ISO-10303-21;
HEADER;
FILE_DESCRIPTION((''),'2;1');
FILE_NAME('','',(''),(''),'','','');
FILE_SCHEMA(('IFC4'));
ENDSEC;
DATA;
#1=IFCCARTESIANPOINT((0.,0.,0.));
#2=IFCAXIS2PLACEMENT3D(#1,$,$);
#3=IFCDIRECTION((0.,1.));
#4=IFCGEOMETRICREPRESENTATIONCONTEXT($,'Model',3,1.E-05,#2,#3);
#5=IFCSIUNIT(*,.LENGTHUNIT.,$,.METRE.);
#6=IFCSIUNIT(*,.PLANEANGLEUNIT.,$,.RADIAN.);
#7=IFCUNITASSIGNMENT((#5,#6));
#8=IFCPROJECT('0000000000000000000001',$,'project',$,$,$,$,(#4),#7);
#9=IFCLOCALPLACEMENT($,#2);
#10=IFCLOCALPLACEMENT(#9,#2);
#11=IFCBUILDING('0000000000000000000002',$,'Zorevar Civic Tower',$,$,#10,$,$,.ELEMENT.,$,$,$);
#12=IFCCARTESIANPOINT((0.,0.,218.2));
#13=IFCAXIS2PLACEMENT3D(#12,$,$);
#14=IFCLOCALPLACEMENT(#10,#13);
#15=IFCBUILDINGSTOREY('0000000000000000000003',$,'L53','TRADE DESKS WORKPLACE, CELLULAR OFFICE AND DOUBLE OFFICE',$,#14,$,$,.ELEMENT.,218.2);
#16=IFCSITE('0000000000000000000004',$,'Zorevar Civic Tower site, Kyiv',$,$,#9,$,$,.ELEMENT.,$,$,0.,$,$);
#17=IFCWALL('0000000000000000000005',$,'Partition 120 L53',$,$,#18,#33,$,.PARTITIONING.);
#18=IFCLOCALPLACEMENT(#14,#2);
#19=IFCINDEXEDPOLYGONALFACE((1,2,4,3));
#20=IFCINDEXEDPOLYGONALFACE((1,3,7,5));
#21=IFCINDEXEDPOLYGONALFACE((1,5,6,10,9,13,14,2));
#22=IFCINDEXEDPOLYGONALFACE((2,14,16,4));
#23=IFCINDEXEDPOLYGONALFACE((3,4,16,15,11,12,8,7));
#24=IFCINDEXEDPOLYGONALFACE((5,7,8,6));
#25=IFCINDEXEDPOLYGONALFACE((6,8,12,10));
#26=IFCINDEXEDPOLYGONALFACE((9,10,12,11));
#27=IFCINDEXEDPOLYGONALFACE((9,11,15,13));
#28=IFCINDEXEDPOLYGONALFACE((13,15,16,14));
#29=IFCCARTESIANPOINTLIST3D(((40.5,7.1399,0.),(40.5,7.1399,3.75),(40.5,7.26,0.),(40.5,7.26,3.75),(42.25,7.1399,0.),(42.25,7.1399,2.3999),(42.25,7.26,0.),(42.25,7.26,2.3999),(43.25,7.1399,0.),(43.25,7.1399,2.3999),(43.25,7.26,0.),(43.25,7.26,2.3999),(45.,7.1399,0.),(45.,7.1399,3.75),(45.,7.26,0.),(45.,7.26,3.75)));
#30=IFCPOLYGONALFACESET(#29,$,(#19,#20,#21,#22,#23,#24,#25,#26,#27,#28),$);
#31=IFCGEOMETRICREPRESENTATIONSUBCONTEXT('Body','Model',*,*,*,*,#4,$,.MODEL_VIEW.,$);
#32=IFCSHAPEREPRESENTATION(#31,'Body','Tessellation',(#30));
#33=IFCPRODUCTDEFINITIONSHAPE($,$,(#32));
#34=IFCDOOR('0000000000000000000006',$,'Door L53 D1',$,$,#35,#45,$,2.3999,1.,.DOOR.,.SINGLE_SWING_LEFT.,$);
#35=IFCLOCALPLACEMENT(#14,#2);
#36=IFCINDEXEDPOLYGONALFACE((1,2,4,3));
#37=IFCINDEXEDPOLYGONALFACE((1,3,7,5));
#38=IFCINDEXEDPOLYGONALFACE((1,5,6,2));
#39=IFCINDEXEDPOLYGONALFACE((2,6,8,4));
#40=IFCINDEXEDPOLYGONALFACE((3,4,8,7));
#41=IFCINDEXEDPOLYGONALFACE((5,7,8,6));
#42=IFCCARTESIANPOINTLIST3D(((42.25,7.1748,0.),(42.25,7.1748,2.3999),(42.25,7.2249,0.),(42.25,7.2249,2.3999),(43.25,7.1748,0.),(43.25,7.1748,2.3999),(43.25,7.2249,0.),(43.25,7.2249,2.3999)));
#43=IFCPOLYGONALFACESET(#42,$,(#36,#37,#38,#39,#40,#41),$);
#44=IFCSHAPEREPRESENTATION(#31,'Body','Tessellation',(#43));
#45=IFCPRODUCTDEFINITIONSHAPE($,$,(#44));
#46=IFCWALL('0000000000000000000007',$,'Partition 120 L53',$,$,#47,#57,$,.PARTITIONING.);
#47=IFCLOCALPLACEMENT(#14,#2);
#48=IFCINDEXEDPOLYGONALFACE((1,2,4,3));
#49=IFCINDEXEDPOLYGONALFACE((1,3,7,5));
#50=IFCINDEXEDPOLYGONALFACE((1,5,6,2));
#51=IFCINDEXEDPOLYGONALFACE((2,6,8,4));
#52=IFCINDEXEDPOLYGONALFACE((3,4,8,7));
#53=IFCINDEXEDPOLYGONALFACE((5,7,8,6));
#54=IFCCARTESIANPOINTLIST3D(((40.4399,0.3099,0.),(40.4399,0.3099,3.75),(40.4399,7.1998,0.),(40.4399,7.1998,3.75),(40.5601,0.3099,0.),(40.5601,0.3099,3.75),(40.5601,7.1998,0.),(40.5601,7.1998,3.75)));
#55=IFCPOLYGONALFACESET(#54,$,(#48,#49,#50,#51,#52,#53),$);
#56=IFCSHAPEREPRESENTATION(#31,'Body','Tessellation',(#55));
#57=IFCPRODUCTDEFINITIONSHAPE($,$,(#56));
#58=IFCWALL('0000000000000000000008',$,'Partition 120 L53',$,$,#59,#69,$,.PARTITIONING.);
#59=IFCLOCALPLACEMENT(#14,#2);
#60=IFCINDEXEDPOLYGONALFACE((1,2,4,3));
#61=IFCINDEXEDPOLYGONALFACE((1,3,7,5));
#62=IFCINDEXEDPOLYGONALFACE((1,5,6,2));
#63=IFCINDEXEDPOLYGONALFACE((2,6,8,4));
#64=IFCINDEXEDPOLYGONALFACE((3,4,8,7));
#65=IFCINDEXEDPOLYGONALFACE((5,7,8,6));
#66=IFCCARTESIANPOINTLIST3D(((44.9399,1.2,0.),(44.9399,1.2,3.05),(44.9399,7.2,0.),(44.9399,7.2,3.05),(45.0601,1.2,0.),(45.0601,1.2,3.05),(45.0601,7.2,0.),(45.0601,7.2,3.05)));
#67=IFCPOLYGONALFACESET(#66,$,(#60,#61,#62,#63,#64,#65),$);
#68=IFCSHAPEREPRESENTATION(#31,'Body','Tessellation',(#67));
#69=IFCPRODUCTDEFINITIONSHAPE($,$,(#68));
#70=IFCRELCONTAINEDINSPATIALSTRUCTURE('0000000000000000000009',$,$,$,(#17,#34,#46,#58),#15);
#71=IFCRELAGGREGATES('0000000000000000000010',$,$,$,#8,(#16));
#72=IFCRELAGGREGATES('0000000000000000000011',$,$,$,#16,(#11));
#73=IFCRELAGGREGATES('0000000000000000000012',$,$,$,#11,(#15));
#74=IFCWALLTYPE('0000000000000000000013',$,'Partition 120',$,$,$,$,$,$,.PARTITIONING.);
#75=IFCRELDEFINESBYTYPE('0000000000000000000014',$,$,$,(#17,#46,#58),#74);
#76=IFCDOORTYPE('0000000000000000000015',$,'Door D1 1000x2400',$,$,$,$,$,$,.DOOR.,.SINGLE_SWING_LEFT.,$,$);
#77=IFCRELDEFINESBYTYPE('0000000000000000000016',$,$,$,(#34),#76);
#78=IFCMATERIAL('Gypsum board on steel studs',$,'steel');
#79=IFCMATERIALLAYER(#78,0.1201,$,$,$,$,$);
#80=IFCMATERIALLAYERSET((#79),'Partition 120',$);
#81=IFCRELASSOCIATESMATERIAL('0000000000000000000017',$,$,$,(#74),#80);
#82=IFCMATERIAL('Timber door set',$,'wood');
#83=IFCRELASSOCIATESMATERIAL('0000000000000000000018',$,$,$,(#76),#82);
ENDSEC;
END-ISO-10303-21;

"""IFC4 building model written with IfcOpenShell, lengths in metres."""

from ifc_helpers import new_model, si_unit, direction, frame, frame_2d, origin, place, context, subcontext, project, spatial, rectangle, extrude, material, layer, layer_set, type_object, element, fill, save


model = new_model("IFC4")

# Units and contexts
model_context = context("Model", 3, precision=1e-05, world=origin(), true_north=direction((0.0, 1.0)))
body_context = subcontext(model_context, "Body", "Model", "MODEL_VIEW")
ifc_project = project(units=[si_unit("LENGTHUNIT", "METRE"), si_unit("PLANEANGLEUNIT", "RADIAN")], contexts=[model_context])

# Site, building, storey
site_placement = place(None, origin())
site = spatial("IfcSite", under=ifc_project, at=site_placement, Name="Zorevar Civic Tower site, Kyiv", CompositionType="ELEMENT", RefElevation=0.0)
building_placement = place(site_placement, origin())
building = spatial("IfcBuilding", under=site, at=building_placement, Name="Zorevar Civic Tower", CompositionType="ELEMENT")
storey_placement = place(building_placement, frame((0.0, 0.0, 218.2)))
storey = spatial("IfcBuildingStorey", under=building, at=storey_placement, Name="L53", Description="TRADE DESKS WORKPLACE, CELLULAR OFFICE AND DOUBLE OFFICE", CompositionType="ELEMENT", Elevation=218.2)

# Wall, opening, door
ifc_material_1 = material(Name="Gypsum board on steel studs", Category="steel")
ifc_layer_1 = layer(ifc_material_1, 0.1201)
ifc_layer_set_1 = layer_set([ifc_layer_1], Name="Partition 120")
wall_type = type_object("IfcWallType", Name="Partition 120", PredefinedType="PARTITIONING", material=ifc_layer_set_1)
wall_1_placement = place(storey_placement, frame((40.5, 7.2, 0.0), z_axis=(0.0, 0.0, 1.0), x_axis=(1.0, 0.0, 0.0)))
wall_1 = element("IfcWall", 1, at=wall_1_placement, inside=storey, type_object=wall_type, Name="Partition 120 L53", PredefinedType="PARTITIONING", context=body_context, shape_type="SweptSolid", body=[
    extrude(rectangle(XDim=4.5, YDim=0.1201, at=frame_2d((2.25, 0.0))), origin(), (0.0, 0.0, 1.0), 3.75),
])
opening_placement = place(wall_1_placement, frame((1.75, 0.0, 0.0)))
opening = element("IfcOpeningElement", 2, at=opening_placement, cuts=wall_1, PredefinedType="OPENING", context=body_context, shape_type="SweptSolid", body=[
    extrude(rectangle(XDim=1.0, YDim=2.3999, at=frame_2d((0.5, 1.2))), frame((0.0, 0.0701, 0.0), z_axis=(0.0, -1.0, 0.0), x_axis=(1.0, 0.0, 0.0)), (0.0, 0.0, 1.0), 0.1401),
])
ifc_material_2 = material(Name="Timber door set", Category="wood")
door_type = type_object("IfcDoorType", Name="Door D1 1000x2400", OperationType="SINGLE_SWING_LEFT", PredefinedType="DOOR", material=ifc_material_2)
door_placement = place(opening_placement, origin())
door = element("IfcDoor", 3, at=door_placement, inside=storey, type_object=door_type, Name="Door L53 D1", OperationType="SINGLE_SWING_LEFT", OverallHeight=2.3999, OverallWidth=1.0, PredefinedType="DOOR", context=body_context, shape_type="SweptSolid", body=[
    extrude(rectangle(XDim=1.0, YDim=2.3999, at=frame_2d((0.5, 1.2))), frame((0.0, 0.0249, 0.0), z_axis=(0.0, -1.0, 0.0), x_axis=(1.0, 0.0, 0.0)), (0.0, 0.0, 1.0), 0.05),
])
fill(opening, door)

# Walls
wall_2_placement = place(storey_placement, frame((40.5, 0.3101, 0.0), z_axis=(0.0, 0.0, 1.0), x_axis=(0.0, 1.0, 0.0)))
element("IfcWall", 4, at=wall_2_placement, inside=storey, type_object=wall_type, Name="Partition 120 L53", PredefinedType="PARTITIONING", context=body_context, shape_type="SweptSolid", body=[
    extrude(rectangle(XDim=6.8899, YDim=0.1201, at=frame_2d((3.4448, 0.0))), origin(), (0.0, 0.0, 1.0), 3.75),
])
wall_3_placement = place(storey_placement, frame((45.0, 1.2, 0.0), z_axis=(0.0, 0.0, 1.0), x_axis=(0.0, 1.0, 0.0)))
element("IfcWall", 5, at=wall_3_placement, inside=storey, type_object=wall_type, Name="Partition 120 L53", PredefinedType="PARTITIONING", context=body_context, shape_type="SweptSolid", body=[
    extrude(rectangle(XDim=6.0, YDim=0.1201, at=frame_2d((3.0, 0.0))), origin(), (0.0, 0.0, 1.0), 3.05),
])

save(model, "model.ifc")
